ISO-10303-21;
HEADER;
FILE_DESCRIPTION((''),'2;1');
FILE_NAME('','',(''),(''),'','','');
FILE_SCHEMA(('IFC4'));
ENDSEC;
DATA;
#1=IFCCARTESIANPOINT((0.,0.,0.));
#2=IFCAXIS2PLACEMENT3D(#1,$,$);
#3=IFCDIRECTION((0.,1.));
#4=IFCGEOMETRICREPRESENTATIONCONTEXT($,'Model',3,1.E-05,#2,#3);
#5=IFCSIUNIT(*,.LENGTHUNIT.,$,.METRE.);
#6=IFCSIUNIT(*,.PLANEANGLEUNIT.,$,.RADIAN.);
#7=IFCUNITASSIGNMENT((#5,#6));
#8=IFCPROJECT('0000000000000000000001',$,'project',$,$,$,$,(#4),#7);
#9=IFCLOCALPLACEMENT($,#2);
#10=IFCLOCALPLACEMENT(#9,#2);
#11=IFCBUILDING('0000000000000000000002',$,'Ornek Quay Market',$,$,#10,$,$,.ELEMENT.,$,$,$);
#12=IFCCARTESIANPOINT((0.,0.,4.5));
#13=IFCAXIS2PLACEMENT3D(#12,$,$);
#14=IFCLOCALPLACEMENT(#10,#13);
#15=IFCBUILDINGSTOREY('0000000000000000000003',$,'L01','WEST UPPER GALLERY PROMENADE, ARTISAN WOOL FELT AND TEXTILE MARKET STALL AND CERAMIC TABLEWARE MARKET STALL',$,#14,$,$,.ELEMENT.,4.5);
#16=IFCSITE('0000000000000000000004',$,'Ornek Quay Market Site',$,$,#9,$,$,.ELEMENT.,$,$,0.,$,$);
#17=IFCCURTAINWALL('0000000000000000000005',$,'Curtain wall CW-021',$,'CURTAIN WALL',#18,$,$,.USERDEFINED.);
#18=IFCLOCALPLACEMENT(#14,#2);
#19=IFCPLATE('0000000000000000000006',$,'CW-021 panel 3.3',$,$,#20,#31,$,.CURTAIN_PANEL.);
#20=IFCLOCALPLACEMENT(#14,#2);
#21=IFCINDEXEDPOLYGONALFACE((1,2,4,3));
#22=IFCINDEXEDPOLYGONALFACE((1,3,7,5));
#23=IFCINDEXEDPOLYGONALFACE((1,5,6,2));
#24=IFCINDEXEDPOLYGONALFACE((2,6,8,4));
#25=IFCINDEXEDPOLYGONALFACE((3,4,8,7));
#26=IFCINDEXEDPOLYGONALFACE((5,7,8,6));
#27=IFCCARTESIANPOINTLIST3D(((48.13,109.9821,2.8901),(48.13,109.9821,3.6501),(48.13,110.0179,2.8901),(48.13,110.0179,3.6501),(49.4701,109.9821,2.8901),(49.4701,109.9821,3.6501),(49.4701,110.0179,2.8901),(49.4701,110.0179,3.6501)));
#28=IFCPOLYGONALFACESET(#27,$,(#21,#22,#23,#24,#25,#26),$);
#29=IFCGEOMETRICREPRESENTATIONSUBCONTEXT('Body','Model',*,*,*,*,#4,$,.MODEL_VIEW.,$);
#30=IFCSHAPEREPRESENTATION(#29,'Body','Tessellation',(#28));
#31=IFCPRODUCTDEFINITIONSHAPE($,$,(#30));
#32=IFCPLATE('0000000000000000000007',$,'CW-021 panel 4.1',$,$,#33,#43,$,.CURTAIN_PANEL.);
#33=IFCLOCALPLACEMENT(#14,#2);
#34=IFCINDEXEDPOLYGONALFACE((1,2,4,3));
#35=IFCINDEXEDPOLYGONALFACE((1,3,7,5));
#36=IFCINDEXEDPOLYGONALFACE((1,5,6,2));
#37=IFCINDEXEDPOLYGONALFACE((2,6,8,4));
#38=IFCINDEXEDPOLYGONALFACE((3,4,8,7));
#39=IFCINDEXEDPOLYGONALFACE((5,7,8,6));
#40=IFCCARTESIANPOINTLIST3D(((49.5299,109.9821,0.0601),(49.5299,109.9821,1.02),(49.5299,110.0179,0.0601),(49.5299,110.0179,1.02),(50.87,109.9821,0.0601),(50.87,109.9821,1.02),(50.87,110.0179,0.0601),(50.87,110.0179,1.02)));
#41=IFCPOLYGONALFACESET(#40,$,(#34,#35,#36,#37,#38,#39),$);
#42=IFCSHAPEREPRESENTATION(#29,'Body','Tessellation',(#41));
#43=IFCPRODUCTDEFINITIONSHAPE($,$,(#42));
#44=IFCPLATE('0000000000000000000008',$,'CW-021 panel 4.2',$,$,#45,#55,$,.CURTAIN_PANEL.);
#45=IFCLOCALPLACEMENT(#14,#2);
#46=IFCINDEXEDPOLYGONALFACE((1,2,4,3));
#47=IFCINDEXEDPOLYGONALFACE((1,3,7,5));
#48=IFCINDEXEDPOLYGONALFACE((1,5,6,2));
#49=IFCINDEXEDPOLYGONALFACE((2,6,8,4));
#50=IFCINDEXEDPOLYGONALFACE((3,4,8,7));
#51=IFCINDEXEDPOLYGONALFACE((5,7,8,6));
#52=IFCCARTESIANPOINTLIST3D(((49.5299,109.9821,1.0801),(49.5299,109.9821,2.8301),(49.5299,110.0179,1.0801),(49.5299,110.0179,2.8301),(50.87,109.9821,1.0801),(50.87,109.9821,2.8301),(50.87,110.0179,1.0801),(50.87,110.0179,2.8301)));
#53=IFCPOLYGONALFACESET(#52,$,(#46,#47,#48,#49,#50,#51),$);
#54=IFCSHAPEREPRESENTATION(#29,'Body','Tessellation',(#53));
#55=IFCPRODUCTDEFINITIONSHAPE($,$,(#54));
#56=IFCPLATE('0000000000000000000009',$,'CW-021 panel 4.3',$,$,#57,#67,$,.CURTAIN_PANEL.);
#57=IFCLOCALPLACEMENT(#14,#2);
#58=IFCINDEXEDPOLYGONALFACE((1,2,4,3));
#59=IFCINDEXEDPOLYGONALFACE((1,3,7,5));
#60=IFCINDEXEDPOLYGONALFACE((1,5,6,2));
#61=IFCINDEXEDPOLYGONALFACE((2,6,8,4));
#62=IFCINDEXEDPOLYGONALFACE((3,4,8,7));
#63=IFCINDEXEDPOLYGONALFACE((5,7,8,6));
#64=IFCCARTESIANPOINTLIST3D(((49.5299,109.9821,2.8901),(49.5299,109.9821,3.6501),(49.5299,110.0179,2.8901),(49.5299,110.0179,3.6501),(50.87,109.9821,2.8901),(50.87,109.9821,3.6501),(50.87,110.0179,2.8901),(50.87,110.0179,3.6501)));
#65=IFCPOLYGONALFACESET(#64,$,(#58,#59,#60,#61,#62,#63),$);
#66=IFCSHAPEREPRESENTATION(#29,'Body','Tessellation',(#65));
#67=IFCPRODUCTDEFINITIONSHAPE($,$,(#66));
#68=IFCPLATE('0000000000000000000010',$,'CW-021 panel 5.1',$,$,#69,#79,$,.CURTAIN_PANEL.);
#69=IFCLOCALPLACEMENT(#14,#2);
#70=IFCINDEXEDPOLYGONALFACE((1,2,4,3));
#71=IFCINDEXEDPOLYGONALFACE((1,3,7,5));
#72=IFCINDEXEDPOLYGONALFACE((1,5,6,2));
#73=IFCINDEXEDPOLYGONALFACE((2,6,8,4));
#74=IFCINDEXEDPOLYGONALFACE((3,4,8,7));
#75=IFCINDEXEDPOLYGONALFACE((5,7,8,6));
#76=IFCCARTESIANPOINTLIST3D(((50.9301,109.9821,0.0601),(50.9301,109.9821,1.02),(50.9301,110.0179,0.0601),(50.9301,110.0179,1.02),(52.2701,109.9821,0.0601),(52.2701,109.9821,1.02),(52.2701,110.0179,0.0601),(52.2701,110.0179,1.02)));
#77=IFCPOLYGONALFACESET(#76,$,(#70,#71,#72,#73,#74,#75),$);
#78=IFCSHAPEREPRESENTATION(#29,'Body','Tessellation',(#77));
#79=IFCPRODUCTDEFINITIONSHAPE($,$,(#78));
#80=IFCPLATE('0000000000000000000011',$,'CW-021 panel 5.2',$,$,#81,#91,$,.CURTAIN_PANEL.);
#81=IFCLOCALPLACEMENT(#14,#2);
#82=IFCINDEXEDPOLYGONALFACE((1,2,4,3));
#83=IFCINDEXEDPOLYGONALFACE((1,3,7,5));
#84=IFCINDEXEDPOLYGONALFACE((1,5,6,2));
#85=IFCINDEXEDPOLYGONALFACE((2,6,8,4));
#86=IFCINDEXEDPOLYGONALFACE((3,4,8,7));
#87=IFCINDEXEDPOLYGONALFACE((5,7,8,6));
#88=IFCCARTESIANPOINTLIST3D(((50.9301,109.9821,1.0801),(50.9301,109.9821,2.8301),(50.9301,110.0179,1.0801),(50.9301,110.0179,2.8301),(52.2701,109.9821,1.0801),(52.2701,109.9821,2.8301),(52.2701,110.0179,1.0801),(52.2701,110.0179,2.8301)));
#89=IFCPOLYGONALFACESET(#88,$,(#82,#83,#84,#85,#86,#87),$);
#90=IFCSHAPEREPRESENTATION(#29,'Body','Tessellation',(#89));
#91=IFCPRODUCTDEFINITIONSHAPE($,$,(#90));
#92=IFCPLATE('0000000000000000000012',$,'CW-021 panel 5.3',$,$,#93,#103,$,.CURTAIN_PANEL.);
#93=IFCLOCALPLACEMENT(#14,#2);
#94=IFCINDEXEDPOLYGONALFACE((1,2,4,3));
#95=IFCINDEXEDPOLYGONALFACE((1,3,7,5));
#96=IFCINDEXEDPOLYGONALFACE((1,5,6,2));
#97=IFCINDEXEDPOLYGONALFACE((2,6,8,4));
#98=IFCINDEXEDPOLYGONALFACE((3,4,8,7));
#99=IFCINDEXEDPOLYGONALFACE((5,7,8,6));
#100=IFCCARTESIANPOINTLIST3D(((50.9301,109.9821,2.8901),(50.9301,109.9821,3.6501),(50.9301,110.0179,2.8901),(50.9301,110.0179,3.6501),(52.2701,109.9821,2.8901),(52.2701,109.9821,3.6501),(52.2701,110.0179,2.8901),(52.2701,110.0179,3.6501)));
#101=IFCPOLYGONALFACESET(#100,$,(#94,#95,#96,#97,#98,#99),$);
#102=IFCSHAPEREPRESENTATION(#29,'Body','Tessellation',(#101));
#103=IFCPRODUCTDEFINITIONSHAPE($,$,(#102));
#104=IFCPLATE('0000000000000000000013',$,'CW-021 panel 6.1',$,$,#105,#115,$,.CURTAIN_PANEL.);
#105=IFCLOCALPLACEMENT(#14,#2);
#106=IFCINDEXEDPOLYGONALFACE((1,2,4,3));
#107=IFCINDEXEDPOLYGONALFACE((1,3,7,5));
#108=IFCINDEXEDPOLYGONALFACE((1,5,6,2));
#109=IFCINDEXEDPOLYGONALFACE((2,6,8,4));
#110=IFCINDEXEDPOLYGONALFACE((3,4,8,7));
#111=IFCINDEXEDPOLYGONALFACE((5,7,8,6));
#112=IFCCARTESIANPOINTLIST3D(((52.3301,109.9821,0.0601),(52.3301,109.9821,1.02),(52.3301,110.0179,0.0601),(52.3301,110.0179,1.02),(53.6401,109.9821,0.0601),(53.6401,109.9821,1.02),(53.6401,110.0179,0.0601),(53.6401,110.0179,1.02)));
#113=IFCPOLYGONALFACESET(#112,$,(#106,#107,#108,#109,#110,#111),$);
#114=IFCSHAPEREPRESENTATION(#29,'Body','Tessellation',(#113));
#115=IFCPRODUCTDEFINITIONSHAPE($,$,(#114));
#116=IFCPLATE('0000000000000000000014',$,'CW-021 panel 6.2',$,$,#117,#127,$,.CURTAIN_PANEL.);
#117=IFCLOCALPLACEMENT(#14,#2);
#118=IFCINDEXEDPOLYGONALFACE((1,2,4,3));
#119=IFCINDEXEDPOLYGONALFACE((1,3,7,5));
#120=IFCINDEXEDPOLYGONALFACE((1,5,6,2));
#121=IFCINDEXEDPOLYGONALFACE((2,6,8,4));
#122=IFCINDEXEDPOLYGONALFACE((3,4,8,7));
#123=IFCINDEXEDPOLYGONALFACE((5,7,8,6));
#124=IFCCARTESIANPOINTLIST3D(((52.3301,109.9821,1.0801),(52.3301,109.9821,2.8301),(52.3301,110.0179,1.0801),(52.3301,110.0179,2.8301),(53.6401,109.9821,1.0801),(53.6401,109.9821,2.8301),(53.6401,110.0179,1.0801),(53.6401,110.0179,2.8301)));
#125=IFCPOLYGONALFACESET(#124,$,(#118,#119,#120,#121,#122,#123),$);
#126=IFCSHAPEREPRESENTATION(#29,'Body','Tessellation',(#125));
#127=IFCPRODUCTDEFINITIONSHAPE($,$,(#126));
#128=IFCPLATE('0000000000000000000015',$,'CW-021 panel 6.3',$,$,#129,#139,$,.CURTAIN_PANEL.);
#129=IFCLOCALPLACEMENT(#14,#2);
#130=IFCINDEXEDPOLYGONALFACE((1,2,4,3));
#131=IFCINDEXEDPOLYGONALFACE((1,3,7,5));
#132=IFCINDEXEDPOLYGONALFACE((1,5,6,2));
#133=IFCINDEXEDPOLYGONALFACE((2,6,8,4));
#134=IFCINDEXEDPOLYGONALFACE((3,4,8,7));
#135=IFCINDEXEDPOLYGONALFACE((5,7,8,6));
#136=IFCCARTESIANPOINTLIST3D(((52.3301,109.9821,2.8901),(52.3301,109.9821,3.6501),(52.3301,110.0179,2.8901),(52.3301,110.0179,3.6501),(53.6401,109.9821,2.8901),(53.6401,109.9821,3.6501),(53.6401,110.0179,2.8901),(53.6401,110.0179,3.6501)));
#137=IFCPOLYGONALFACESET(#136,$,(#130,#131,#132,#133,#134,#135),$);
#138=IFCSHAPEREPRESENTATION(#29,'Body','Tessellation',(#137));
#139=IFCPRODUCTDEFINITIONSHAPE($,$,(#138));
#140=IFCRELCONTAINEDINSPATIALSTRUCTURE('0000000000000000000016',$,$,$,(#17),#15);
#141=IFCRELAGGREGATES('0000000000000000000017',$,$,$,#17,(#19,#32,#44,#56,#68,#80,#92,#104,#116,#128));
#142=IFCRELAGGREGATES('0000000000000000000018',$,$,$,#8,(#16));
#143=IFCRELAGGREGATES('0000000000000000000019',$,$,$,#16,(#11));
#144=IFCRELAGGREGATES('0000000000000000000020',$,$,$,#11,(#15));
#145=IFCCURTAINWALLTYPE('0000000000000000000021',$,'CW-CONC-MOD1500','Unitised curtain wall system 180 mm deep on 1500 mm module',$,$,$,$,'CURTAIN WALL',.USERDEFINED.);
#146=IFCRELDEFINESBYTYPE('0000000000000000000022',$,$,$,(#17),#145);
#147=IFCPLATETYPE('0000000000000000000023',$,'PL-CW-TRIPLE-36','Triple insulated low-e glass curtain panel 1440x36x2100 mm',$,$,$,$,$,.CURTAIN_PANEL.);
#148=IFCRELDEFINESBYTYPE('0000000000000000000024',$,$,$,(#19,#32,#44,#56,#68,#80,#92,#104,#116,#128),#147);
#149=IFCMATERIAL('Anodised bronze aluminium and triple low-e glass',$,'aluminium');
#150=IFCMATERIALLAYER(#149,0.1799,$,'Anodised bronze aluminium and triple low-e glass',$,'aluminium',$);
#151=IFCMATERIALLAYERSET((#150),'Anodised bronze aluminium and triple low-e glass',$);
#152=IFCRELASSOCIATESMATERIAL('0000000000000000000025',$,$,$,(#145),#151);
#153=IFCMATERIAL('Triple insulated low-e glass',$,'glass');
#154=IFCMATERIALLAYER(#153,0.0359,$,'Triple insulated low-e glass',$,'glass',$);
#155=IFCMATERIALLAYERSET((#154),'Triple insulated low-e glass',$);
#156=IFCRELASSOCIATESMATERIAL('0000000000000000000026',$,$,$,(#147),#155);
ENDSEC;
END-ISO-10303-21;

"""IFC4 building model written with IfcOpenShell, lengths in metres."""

from ifc_helpers import new_model, si_unit, direction, frame, origin, origin_2d, place, context, subcontext, project, spatial, rectangle, extrude, material, layer, layer_set, type_object, element, aggregate, save


model = new_model("IFC4")

# Units and contexts
model_context = context("Model", 3, precision=1e-05, world=origin(), true_north=direction((0.0, 1.0)))
body_context = subcontext(model_context, "Body", "Model", "MODEL_VIEW")
ifc_project = project(units=[si_unit("LENGTHUNIT", "METRE"), si_unit("PLANEANGLEUNIT", "RADIAN")], contexts=[model_context])

# Site, building, storey
site_placement = place(None, origin())
site = spatial("IfcSite", under=ifc_project, at=site_placement, Name="Ornek Quay Market Site", CompositionType="ELEMENT", RefElevation=0.0)
building_placement = place(site_placement, origin())
building = spatial("IfcBuilding", under=site, at=building_placement, Name="Ornek Quay Market", CompositionType="ELEMENT")
storey_placement = place(building_placement, frame((0.0, 0.0, 4.5)))
storey = spatial("IfcBuildingStorey", under=building, at=storey_placement, Name="L01", Description="WEST UPPER GALLERY PROMENADE, ARTISAN WOOL FELT AND TEXTILE MARKET STALL AND CERAMIC TABLEWARE MARKET STALL", CompositionType="ELEMENT", Elevation=4.5)

# Curtain wall, plates
ifc_material_1 = material(Name="Anodised bronze aluminium and triple low-e glass", Category="aluminium")
ifc_layer_1 = layer(ifc_material_1, 0.1799, Name="Anodised bronze aluminium and triple low-e glass", Category="aluminium")
ifc_layer_set_1 = layer_set([ifc_layer_1], Name="Anodised bronze aluminium and triple low-e glass")
curtain_wall_type = type_object("IfcCurtainWallType", Name="CW-CONC-MOD1500", Description="Unitised curtain wall system 180 mm deep on 1500 mm module", ElementType="CURTAIN WALL", PredefinedType="USERDEFINED", material=ifc_layer_set_1)
curtain_wall_placement = place(storey_placement, origin())
curtain_wall = element("IfcCurtainWall", 1, at=curtain_wall_placement, inside=storey, type_object=curtain_wall_type, Name="Curtain wall CW-021", ObjectType="CURTAIN WALL", PredefinedType="USERDEFINED")
ifc_material_2 = material(Name="Triple insulated low-e glass", Category="glass")
ifc_layer_2 = layer(ifc_material_2, 0.0359, Name="Triple insulated low-e glass", Category="glass")
ifc_layer_set_2 = layer_set([ifc_layer_2], Name="Triple insulated low-e glass")
plate_type = type_object("IfcPlateType", Name="PL-CW-TRIPLE-36", Description="Triple insulated low-e glass curtain panel 1440x36x2100 mm", PredefinedType="CURTAIN_PANEL", material=ifc_layer_set_2)
plate_1_placement = place(storey_placement, frame((48.8, 110.0, 2.8901), z_axis=(0.0, 0.0, 1.0), x_axis=(1.0, 0.0, 0.0)))
plate_1 = element("IfcPlate", 2, at=plate_1_placement, type_object=plate_type, Name="CW-021 panel 3.3", PredefinedType="CURTAIN_PANEL", context=body_context, shape_type="SweptSolid", body=[
    extrude(rectangle(XDim=1.3401, YDim=0.0359, at=origin_2d()), origin(), (0.0, 0.0, 1.0), 0.76),
])
plate_2_placement = place(storey_placement, frame((50.2, 110.0, 0.0601), z_axis=(0.0, 0.0, 1.0), x_axis=(1.0, 0.0, 0.0)))
plate_2 = element("IfcPlate", 3, at=plate_2_placement, type_object=plate_type, Name="CW-021 panel 4.1", PredefinedType="CURTAIN_PANEL", context=body_context, shape_type="SweptSolid", body=[
    extrude(rectangle(XDim=1.3401, YDim=0.0359, at=origin_2d()), origin(), (0.0, 0.0, 1.0), 0.96),
])
plate_3_placement = place(storey_placement, frame((50.2, 110.0, 1.0801), z_axis=(0.0, 0.0, 1.0), x_axis=(1.0, 0.0, 0.0)))
plate_3 = element("IfcPlate", 4, at=plate_3_placement, type_object=plate_type, Name="CW-021 panel 4.2", PredefinedType="CURTAIN_PANEL", context=body_context, shape_type="SweptSolid", body=[
    extrude(rectangle(XDim=1.3401, YDim=0.0359, at=origin_2d()), origin(), (0.0, 0.0, 1.0), 1.75),
])
plate_4_placement = place(storey_placement, frame((50.2, 110.0, 2.8901), z_axis=(0.0, 0.0, 1.0), x_axis=(1.0, 0.0, 0.0)))
plate_4 = element("IfcPlate", 5, at=plate_4_placement, type_object=plate_type, Name="CW-021 panel 4.3", PredefinedType="CURTAIN_PANEL", context=body_context, shape_type="SweptSolid", body=[
    extrude(rectangle(XDim=1.3401, YDim=0.0359, at=origin_2d()), origin(), (0.0, 0.0, 1.0), 0.76),
])
plate_5_placement = place(storey_placement, frame((51.6001, 110.0, 0.0601), z_axis=(0.0, 0.0, 1.0), x_axis=(1.0, 0.0, 0.0)))
plate_5 = element("IfcPlate", 6, at=plate_5_placement, type_object=plate_type, Name="CW-021 panel 5.1", PredefinedType="CURTAIN_PANEL", context=body_context, shape_type="SweptSolid", body=[
    extrude(rectangle(XDim=1.3401, YDim=0.0359, at=origin_2d()), origin(), (0.0, 0.0, 1.0), 0.96),
])
plate_6_placement = place(storey_placement, frame((51.6001, 110.0, 1.0801), z_axis=(0.0, 0.0, 1.0), x_axis=(1.0, 0.0, 0.0)))
plate_6 = element("IfcPlate", 7, at=plate_6_placement, type_object=plate_type, Name="CW-021 panel 5.2", PredefinedType="CURTAIN_PANEL", context=body_context, shape_type="SweptSolid", body=[
    extrude(rectangle(XDim=1.3401, YDim=0.0359, at=origin_2d()), origin(), (0.0, 0.0, 1.0), 1.75),
])
plate_7_placement = place(storey_placement, frame((51.6001, 110.0, 2.8901), z_axis=(0.0, 0.0, 1.0), x_axis=(1.0, 0.0, 0.0)))
plate_7 = element("IfcPlate", 8, at=plate_7_placement, type_object=plate_type, Name="CW-021 panel 5.3", PredefinedType="CURTAIN_PANEL", context=body_context, shape_type="SweptSolid", body=[
    extrude(rectangle(XDim=1.3401, YDim=0.0359, at=origin_2d()), origin(), (0.0, 0.0, 1.0), 0.76),
])
plate_8_placement = place(storey_placement, frame((52.9851, 110.0, 0.0601), z_axis=(0.0, 0.0, 1.0), x_axis=(1.0, 0.0, 0.0)))
plate_8 = element("IfcPlate", 9, at=plate_8_placement, type_object=plate_type, Name="CW-021 panel 6.1", PredefinedType="CURTAIN_PANEL", context=body_context, shape_type="SweptSolid", body=[
    extrude(rectangle(XDim=1.3101, YDim=0.0359, at=origin_2d()), origin(), (0.0, 0.0, 1.0), 0.96),
])
plate_9_placement = place(storey_placement, frame((52.9851, 110.0, 1.0801), z_axis=(0.0, 0.0, 1.0), x_axis=(1.0, 0.0, 0.0)))
plate_9 = element("IfcPlate", 10, at=plate_9_placement, type_object=plate_type, Name="CW-021 panel 6.2", PredefinedType="CURTAIN_PANEL", context=body_context, shape_type="SweptSolid", body=[
    extrude(rectangle(XDim=1.3101, YDim=0.0359, at=origin_2d()), origin(), (0.0, 0.0, 1.0), 1.75),
])
plate_10_placement = place(storey_placement, frame((52.9851, 110.0, 2.8901), z_axis=(0.0, 0.0, 1.0), x_axis=(1.0, 0.0, 0.0)))
plate_10 = element("IfcPlate", 11, at=plate_10_placement, type_object=plate_type, Name="CW-021 panel 6.3", PredefinedType="CURTAIN_PANEL", context=body_context, shape_type="SweptSolid", body=[
    extrude(rectangle(XDim=1.3101, YDim=0.0359, at=origin_2d()), origin(), (0.0, 0.0, 1.0), 0.76),
])
aggregate(curtain_wall, [plate_1, plate_2, plate_3, plate_4, plate_5, plate_6, plate_7, plate_8, plate_9, plate_10])

save(model, "model.ifc")
